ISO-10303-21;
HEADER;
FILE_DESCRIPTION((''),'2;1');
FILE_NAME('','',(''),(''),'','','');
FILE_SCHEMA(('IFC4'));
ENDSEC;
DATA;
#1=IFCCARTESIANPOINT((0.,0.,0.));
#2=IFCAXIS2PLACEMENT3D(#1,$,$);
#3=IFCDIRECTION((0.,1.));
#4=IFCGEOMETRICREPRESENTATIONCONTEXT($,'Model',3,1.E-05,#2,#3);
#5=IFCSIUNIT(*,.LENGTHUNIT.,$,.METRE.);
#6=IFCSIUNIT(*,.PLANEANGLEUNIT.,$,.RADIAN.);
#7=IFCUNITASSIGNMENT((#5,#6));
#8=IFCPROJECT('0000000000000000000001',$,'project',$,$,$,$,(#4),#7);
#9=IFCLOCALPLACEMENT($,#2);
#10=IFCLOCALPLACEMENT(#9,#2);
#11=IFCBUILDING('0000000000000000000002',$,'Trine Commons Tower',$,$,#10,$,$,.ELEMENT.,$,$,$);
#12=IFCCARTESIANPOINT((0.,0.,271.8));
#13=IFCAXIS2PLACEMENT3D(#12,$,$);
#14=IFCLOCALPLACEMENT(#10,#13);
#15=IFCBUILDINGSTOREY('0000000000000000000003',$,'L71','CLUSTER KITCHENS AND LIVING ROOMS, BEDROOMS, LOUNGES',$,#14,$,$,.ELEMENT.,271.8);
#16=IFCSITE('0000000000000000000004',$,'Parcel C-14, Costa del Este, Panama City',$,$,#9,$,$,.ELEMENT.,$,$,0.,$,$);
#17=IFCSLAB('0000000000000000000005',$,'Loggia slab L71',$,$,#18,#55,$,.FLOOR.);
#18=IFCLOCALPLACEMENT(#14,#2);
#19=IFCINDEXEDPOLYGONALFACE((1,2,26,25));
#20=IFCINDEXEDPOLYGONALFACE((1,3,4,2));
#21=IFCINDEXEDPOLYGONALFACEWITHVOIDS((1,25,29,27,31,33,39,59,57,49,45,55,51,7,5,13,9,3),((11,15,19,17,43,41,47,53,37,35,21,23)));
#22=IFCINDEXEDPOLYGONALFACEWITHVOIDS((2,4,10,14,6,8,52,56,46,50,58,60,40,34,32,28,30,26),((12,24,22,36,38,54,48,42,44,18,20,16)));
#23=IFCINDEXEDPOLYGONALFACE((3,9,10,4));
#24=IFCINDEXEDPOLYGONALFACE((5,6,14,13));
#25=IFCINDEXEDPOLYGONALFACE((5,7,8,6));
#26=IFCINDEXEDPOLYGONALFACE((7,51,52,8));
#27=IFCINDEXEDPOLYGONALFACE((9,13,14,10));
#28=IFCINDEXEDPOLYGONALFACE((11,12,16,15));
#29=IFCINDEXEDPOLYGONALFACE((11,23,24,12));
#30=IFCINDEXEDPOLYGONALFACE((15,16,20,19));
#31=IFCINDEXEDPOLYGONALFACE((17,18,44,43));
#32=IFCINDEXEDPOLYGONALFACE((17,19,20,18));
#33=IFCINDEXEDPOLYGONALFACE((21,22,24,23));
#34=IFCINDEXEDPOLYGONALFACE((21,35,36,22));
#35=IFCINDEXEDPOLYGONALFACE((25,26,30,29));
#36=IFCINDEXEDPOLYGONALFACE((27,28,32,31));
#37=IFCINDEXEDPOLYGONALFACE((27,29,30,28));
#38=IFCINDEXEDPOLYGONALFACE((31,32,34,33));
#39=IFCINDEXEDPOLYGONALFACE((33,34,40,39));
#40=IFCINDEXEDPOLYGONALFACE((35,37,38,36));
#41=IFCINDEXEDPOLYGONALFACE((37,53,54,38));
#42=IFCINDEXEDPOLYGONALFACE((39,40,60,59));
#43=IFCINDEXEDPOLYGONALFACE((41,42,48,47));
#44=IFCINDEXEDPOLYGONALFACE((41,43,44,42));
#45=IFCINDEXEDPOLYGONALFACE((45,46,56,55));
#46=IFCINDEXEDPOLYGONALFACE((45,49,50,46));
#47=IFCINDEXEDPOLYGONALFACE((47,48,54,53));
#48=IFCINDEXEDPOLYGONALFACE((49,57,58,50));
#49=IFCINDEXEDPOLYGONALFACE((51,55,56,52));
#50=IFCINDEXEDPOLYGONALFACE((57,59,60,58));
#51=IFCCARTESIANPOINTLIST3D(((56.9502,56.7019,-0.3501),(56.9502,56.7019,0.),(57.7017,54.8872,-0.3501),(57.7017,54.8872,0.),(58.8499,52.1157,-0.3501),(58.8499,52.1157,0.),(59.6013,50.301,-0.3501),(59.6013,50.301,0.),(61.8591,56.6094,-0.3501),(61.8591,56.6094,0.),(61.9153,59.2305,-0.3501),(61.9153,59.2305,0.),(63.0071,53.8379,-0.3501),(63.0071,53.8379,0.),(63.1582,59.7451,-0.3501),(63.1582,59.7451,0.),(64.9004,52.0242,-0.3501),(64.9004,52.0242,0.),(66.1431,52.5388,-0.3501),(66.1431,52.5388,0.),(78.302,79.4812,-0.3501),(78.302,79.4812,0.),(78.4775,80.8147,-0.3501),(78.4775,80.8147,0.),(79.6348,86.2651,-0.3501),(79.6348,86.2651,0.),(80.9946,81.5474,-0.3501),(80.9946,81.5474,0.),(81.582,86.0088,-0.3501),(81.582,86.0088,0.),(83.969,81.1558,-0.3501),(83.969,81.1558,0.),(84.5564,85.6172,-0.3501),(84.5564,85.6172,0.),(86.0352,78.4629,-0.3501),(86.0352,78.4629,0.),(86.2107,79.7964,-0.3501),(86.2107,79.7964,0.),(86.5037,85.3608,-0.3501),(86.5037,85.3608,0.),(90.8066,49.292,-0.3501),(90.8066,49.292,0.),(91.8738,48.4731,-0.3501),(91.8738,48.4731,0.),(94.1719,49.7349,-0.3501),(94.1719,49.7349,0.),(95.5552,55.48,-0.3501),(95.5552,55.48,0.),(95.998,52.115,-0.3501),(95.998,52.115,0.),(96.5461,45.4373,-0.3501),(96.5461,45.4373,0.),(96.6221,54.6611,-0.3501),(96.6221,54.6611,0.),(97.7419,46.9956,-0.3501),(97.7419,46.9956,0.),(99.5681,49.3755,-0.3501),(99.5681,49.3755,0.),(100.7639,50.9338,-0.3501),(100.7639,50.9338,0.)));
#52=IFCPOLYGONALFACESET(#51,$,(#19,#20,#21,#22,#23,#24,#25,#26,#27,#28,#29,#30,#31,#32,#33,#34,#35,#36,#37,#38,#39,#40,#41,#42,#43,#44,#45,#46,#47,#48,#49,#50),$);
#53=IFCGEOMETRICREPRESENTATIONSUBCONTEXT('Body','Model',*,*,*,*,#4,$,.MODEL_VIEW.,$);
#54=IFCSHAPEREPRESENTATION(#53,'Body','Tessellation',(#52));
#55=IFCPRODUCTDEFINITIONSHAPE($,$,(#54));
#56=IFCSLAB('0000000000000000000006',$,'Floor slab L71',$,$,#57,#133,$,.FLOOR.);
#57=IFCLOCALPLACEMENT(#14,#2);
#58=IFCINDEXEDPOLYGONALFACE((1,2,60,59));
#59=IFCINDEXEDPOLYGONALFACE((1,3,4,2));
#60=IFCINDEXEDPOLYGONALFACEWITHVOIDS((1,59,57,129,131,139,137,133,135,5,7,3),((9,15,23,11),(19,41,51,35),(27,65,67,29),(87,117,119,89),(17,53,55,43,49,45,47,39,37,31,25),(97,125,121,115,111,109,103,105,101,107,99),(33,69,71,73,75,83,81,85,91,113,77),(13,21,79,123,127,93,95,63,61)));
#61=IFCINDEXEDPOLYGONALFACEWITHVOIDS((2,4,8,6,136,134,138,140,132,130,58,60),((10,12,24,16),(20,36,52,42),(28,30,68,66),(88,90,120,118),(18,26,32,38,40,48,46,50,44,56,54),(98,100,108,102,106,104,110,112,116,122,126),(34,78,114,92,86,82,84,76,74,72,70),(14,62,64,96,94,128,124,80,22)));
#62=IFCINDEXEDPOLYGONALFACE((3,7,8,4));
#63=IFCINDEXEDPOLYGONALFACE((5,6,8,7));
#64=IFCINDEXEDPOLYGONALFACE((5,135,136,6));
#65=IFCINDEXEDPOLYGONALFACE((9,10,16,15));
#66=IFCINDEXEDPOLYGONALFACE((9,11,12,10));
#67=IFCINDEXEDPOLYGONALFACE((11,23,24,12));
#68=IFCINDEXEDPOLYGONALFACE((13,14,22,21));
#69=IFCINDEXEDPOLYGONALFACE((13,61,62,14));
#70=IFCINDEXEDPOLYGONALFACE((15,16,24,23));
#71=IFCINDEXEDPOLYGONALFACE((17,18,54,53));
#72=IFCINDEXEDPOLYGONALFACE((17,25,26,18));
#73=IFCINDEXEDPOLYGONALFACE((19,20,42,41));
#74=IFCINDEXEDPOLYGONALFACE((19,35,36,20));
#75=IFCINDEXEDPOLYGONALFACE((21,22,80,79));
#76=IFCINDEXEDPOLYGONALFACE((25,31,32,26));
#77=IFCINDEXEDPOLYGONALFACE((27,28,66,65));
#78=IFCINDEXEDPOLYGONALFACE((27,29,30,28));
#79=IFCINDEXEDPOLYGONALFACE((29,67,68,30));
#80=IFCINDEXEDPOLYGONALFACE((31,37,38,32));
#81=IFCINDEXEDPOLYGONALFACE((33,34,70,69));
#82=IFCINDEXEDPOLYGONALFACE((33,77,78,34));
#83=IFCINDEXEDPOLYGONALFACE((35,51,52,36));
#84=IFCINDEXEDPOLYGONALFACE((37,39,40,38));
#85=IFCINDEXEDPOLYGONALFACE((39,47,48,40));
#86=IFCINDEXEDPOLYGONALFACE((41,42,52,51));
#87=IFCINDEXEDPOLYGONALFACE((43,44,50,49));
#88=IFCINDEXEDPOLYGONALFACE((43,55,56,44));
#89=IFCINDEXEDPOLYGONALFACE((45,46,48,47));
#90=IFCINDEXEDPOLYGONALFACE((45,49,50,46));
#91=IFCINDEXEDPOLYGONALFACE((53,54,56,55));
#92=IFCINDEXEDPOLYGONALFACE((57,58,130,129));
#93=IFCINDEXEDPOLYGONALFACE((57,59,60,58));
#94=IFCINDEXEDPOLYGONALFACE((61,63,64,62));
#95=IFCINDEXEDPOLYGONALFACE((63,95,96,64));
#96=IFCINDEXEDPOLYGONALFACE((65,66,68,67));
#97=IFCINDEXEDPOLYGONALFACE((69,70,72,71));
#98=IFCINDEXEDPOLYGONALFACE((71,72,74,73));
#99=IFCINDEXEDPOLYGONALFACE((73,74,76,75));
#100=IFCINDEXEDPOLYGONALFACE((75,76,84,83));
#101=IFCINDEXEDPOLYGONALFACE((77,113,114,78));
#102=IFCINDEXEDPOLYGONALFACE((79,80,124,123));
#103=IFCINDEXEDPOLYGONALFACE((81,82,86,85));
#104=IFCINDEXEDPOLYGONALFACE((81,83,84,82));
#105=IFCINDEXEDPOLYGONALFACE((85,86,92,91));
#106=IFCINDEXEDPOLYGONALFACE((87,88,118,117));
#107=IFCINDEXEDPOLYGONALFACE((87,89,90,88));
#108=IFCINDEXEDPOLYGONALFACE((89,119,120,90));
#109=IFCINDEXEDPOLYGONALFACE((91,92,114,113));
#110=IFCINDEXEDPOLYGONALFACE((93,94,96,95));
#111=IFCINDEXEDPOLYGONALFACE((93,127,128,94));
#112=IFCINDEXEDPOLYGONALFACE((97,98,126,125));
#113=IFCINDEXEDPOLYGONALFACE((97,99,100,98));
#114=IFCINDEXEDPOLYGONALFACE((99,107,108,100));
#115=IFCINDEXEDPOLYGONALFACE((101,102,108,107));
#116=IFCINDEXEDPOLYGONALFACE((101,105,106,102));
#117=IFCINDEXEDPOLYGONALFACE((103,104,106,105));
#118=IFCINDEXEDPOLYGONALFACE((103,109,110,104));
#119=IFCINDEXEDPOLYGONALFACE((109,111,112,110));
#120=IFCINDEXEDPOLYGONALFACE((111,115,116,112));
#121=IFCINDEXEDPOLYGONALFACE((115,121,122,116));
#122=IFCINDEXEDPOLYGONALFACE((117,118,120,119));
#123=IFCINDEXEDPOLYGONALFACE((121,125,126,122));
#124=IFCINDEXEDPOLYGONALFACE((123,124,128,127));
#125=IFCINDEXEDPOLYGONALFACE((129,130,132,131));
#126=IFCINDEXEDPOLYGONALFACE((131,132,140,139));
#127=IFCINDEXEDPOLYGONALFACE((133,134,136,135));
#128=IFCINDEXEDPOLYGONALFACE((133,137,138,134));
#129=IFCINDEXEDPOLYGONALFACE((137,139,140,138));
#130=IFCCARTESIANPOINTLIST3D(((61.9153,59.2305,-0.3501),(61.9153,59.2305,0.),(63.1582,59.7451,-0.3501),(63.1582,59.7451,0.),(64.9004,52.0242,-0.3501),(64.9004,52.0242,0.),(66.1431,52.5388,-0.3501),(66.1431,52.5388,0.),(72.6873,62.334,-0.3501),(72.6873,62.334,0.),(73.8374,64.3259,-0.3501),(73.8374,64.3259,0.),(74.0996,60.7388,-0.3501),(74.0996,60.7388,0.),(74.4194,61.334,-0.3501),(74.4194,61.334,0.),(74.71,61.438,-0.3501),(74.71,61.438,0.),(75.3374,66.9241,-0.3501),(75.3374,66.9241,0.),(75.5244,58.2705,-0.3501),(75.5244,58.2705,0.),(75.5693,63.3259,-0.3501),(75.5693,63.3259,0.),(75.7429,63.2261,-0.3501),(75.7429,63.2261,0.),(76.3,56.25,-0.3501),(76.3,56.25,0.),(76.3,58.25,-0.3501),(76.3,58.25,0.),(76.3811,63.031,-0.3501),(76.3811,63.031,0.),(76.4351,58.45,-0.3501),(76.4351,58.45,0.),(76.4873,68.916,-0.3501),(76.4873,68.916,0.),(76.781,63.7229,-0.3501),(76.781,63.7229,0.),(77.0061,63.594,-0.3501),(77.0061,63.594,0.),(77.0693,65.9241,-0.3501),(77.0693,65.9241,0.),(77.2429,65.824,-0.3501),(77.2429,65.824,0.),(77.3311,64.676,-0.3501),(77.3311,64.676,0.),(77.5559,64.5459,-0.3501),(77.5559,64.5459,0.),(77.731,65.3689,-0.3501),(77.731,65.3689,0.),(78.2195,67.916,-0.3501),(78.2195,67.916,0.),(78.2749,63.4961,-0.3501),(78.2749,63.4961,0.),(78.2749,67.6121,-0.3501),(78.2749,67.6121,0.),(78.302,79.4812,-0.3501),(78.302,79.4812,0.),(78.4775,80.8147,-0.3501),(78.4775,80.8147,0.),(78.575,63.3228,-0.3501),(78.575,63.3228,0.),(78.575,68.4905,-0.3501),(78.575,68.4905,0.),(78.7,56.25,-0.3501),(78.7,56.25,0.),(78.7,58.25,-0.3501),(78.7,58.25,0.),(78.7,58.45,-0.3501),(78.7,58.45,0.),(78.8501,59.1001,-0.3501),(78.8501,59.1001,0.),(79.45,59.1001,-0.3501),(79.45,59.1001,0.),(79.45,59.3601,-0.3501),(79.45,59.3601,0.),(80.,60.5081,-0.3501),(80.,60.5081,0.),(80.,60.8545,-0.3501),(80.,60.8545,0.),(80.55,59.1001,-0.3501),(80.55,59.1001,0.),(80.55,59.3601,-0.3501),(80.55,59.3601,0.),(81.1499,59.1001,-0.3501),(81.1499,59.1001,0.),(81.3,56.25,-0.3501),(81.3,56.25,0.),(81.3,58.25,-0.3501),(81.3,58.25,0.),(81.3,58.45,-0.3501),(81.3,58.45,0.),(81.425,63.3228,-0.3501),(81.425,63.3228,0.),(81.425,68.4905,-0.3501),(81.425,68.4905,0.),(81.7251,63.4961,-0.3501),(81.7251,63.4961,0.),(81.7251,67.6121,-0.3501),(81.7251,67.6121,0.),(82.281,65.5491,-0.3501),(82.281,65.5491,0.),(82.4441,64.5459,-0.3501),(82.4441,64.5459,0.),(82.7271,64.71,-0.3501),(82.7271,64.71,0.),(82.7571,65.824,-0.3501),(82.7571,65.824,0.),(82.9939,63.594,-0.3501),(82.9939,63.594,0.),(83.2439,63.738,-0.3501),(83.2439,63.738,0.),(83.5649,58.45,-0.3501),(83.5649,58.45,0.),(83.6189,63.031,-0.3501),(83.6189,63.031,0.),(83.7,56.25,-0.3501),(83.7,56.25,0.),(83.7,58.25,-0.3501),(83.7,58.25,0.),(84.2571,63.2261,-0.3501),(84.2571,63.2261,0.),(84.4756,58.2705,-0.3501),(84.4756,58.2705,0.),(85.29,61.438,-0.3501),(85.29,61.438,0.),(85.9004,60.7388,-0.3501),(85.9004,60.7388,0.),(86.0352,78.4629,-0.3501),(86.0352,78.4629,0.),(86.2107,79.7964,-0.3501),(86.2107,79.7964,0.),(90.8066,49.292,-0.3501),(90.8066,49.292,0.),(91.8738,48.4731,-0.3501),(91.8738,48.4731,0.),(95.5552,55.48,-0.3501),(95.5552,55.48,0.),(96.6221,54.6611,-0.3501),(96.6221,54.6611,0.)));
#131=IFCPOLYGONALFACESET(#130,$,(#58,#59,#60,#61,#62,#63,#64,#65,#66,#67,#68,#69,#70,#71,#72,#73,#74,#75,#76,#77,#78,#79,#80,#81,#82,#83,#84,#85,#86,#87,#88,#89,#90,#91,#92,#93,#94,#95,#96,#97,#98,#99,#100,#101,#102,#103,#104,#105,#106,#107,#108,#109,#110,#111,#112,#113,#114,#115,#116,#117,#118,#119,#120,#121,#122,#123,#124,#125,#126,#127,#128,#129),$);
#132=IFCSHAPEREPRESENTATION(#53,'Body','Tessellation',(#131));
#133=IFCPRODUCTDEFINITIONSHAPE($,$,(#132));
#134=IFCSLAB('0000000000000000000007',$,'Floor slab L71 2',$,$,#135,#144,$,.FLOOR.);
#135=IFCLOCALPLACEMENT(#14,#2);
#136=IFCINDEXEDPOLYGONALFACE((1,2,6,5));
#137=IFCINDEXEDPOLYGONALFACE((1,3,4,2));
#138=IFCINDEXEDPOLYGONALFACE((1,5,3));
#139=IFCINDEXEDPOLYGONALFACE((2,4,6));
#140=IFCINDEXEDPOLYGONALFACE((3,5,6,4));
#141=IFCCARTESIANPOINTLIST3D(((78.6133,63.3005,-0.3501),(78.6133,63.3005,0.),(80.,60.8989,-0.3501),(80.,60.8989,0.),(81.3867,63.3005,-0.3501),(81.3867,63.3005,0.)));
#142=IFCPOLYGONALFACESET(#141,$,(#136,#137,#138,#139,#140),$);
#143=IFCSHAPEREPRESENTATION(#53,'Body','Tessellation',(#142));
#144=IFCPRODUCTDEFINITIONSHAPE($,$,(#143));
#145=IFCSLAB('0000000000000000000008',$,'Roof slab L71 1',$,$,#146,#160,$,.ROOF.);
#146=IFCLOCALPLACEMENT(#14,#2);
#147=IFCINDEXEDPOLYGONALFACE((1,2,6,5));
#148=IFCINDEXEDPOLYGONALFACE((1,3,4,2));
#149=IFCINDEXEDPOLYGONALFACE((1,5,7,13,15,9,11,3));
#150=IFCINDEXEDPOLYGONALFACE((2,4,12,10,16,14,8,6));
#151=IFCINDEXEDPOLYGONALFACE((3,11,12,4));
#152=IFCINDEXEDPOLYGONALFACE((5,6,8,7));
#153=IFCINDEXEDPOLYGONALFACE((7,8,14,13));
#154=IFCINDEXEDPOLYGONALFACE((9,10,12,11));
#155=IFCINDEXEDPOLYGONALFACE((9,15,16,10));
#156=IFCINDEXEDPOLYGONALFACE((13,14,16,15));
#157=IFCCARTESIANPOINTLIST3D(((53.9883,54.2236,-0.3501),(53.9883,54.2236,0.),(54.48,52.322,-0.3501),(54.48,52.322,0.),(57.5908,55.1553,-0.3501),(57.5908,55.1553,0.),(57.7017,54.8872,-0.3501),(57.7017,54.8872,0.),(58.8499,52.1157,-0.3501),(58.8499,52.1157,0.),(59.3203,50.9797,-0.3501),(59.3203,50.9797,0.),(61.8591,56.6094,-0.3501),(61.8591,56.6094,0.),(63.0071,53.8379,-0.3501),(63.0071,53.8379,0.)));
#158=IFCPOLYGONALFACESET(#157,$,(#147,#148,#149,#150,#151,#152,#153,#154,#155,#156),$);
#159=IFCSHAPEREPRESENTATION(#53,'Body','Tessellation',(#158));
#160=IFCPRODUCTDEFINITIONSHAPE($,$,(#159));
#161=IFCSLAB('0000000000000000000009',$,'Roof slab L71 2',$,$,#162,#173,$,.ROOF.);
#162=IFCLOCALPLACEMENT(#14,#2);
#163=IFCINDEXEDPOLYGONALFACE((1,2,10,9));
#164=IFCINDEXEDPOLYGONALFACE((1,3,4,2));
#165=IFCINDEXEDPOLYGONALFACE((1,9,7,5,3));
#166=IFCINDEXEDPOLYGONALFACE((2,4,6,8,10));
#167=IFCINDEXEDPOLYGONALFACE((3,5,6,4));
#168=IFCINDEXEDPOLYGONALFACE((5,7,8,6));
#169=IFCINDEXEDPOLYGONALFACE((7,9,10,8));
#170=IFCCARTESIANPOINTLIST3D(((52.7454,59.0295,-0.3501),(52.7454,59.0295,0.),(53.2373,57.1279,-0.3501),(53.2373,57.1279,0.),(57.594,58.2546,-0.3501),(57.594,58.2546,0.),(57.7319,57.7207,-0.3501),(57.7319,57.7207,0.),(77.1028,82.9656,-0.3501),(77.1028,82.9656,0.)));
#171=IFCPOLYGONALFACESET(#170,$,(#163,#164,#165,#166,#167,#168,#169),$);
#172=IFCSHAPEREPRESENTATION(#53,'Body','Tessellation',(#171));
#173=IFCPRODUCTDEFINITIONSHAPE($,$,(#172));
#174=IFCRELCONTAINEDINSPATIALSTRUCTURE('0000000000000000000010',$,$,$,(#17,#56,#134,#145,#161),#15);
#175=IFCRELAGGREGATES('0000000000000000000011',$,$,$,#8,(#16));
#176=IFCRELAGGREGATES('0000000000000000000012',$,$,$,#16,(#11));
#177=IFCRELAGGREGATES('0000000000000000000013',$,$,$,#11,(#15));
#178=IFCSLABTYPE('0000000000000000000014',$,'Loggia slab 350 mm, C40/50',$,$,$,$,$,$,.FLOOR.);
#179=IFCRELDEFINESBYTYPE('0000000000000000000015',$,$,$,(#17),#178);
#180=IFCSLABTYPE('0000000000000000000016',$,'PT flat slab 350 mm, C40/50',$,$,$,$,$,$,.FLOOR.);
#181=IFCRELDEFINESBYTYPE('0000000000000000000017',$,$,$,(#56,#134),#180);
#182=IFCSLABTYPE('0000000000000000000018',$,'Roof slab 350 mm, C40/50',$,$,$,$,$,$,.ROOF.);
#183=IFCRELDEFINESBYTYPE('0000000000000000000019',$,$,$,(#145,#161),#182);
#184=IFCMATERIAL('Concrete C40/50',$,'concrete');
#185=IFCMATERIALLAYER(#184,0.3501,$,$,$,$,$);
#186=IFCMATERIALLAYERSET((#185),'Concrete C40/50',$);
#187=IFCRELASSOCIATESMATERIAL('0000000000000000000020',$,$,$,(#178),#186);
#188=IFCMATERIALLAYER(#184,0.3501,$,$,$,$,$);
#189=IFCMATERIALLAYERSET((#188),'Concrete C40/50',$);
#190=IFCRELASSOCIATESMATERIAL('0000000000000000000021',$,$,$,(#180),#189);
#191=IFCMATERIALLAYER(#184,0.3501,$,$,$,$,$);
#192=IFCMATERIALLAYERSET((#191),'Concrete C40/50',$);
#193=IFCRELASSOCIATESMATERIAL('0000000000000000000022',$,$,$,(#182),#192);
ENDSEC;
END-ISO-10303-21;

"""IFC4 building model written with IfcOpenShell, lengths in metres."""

from ifc_helpers import new_model, si_unit, direction, frame, origin, place, context, subcontext, project, spatial, polyline, outline, extrude, material, layer, layer_set, type_object, element, save


model = new_model("IFC4")

# Units and contexts
model_context = context("Model", 3, precision=1e-05, world=origin(), true_north=direction((0.0, 1.0)))
body_context = subcontext(model_context, "Body", "Model", "MODEL_VIEW")
ifc_project = project(units=[si_unit("LENGTHUNIT", "METRE"), si_unit("PLANEANGLEUNIT", "RADIAN")], contexts=[model_context])

# Site, building, storey
site_placement = place(None, origin())
site = spatial("IfcSite", under=ifc_project, at=site_placement, Name="Parcel C-14, Costa del Este, Panama City", CompositionType="ELEMENT", RefElevation=0.0)
building_placement = place(site_placement, origin())
building = spatial("IfcBuilding", under=site, at=building_placement, Name="Trine Commons Tower", CompositionType="ELEMENT")
storey_placement = place(building_placement, frame((0.0, 0.0, 271.8)))
storey = spatial("IfcBuildingStorey", under=building, at=storey_placement, Name="L71", Description="CLUSTER KITCHENS AND LIVING ROOMS, BEDROOMS, LOUNGES", CompositionType="ELEMENT", Elevation=271.8)

# Slabs
ifc_material_1 = material(Name="Concrete C40/50", Category="concrete")
ifc_layer_1 = layer(ifc_material_1, 0.3501)
ifc_layer_set_1 = layer_set([ifc_layer_1], Name="Concrete C40/50")
slab_type_1 = type_object("IfcSlabType", Name="Loggia slab 350 mm, C40/50", PredefinedType="FLOOR", material=ifc_layer_set_1)
slab_1_placement = place(storey_placement, frame((0.0, 0.0, -0.3501)))
element("IfcSlab", 1, at=slab_1_placement, inside=storey, type_object=slab_type_1, Name="Loggia slab L71", PredefinedType="FLOOR", context=body_context, shape_type="SweptSolid", body=[
    extrude(outline(polyline([(100.7639, 50.9338), (86.5037, 85.3608), (84.5564, 85.6172), (83.969, 81.1558), (80.9946, 81.5474), (81.582, 86.0088), (79.6348, 86.2651), (56.9502, 56.7019), (57.7017, 54.8872), (61.8591, 56.6094), (63.0071, 53.8379), (58.8499, 52.1157), (59.6013, 50.301), (96.5461, 45.4373), (97.7419, 46.9956), (94.1719, 49.7349), (95.998, 52.115), (99.5681, 49.3755), (100.7639, 50.9338)]), holes=[polyline([(63.1582, 59.7451), (66.1431, 52.5388), (64.9004, 52.0242), (91.8738, 48.4731), (90.8066, 49.292), (95.5552, 55.48), (96.6221, 54.6611), (86.2107, 79.7964), (86.0352, 78.4629), (78.302, 79.4812), (78.4775, 80.8147), (61.9153, 59.2305), (63.1582, 59.7451)])]), origin(), (0.0, 0.0, 1.0), 0.3501),
])
ifc_layer_2 = layer(ifc_material_1, 0.3501)
ifc_layer_set_2 = layer_set([ifc_layer_2], Name="Concrete C40/50")
slab_type_2 = type_object("IfcSlabType", Name="PT flat slab 350 mm, C40/50", PredefinedType="FLOOR", material=ifc_layer_set_2)
slab_2_placement = place(storey_placement, frame((0.0, 0.0, -0.3501)))
element("IfcSlab", 2, at=slab_2_placement, inside=storey, type_object=slab_type_2, Name="Floor slab L71", PredefinedType="FLOOR", context=body_context, shape_type="SweptSolid", body=[
    extrude(outline(polyline([(61.9153, 59.2305), (63.1582, 59.7451), (66.1431, 52.5388), (64.9004, 52.0242), (91.8738, 48.4731), (90.8066, 49.292), (95.5552, 55.48), (96.6221, 54.6611), (86.2107, 79.7964), (86.0352, 78.4629), (78.302, 79.4812), (78.4775, 80.8147), (61.9153, 59.2305)]), holes=[polyline([(78.7, 56.25), (78.7, 58.25), (76.3, 58.25), (76.3, 56.25), (78.7, 56.25)]), polyline([(83.7, 56.25), (83.7, 58.25), (81.3, 58.25), (81.3, 56.25), (83.7, 56.25)]), polyline([(81.3, 58.45), (83.5649, 58.45), (80.0, 60.5081), (76.4351, 58.45), (78.7, 58.45), (78.8501, 59.1001), (79.45, 59.1001), (79.45, 59.3601), (80.55, 59.3601), (80.55, 59.1001), (81.1499, 59.1001), (81.3, 58.45)]), polyline([(81.425, 63.3228), (81.425, 68.4905), (78.575, 68.4905), (78.575, 63.3228), (74.0996, 60.7388), (75.5244, 58.2705), (80.0, 60.8545), (84.4756, 58.2705), (85.9004, 60.7388), (81.425, 63.3228)]), polyline([(72.6873, 62.334), (74.4194, 61.334), (75.5693, 63.3259), (73.8374, 64.3259), (72.6873, 62.334)]), polyline([(76.3811, 63.031), (75.7429, 63.2261), (74.71, 61.438), (78.2749, 63.4961), (78.2749, 67.6121), (77.2429, 65.824), (77.731, 65.3689), (77.3311, 64.676), (77.5559, 64.5459), (77.0061, 63.594), (76.781, 63.7229), (76.3811, 63.031)]), polyline([(82.9939, 63.594), (82.4441, 64.5459), (82.7271, 64.71), (82.281, 65.5491), (82.7571, 65.824), (81.7251, 67.6121), (81.7251, 63.4961), (85.29, 61.438), (84.2571, 63.2261), (83.6189, 63.031), (83.2439, 63.738), (82.9939, 63.594)]), polyline([(76.4873, 68.916), (75.3374, 66.9241), (77.0693, 65.9241), (78.2195, 67.916), (76.4873, 68.916)])]), origin(), (0.0, 0.0, 1.0), 0.3501),
])
slab_3_placement = place(storey_placement, frame((0.0, 0.0, -0.3501)))
element("IfcSlab", 3, at=slab_3_placement, inside=storey, type_object=slab_type_2, Name="Floor slab L71 2", PredefinedType="FLOOR", context=body_context, shape_type="SweptSolid", body=[
    extrude(outline(polyline([(81.3867, 63.3005), (78.6133, 63.3005), (80.0, 60.8989), (81.3867, 63.3005)])), origin(), (0.0, 0.0, 1.0), 0.3501),
])
ifc_layer_3 = layer(ifc_material_1, 0.3501)
ifc_layer_set_3 = layer_set([ifc_layer_3], Name="Concrete C40/50")
slab_type_3 = type_object("IfcSlabType", Name="Roof slab 350 mm, C40/50", PredefinedType="ROOF", material=ifc_layer_set_3)
slab_4_placement = place(storey_placement, frame((0.0, 0.0, -0.3501)))
element("IfcSlab", 4, at=slab_4_placement, inside=storey, type_object=slab_type_3, Name="Roof slab L71 1", PredefinedType="ROOF", context=body_context, shape_type="SweptSolid", body=[
    extrude(outline(polyline([(59.3203, 50.9797), (58.8499, 52.1157), (63.0071, 53.8379), (61.8591, 56.6094), (57.7017, 54.8872), (57.5908, 55.1553), (53.9883, 54.2236), (54.48, 52.322), (59.3203, 50.9797)])), origin(), (0.0, 0.0, 1.0), 0.3501),
])
slab_5_placement = place(storey_placement, frame((0.0, 0.0, -0.3501)))
element("IfcSlab", 5, at=slab_5_placement, inside=storey, type_object=slab_type_3, Name="Roof slab L71 2", PredefinedType="ROOF", context=body_context, shape_type="SweptSolid", body=[
    extrude(outline(polyline([(57.7319, 57.7207), (77.1028, 82.9656), (52.7454, 59.0295), (53.2373, 57.1279), (57.594, 58.2546), (57.7319, 57.7207)])), origin(), (0.0, 0.0, 1.0), 0.3501),
])

save(model, "model.ifc")
